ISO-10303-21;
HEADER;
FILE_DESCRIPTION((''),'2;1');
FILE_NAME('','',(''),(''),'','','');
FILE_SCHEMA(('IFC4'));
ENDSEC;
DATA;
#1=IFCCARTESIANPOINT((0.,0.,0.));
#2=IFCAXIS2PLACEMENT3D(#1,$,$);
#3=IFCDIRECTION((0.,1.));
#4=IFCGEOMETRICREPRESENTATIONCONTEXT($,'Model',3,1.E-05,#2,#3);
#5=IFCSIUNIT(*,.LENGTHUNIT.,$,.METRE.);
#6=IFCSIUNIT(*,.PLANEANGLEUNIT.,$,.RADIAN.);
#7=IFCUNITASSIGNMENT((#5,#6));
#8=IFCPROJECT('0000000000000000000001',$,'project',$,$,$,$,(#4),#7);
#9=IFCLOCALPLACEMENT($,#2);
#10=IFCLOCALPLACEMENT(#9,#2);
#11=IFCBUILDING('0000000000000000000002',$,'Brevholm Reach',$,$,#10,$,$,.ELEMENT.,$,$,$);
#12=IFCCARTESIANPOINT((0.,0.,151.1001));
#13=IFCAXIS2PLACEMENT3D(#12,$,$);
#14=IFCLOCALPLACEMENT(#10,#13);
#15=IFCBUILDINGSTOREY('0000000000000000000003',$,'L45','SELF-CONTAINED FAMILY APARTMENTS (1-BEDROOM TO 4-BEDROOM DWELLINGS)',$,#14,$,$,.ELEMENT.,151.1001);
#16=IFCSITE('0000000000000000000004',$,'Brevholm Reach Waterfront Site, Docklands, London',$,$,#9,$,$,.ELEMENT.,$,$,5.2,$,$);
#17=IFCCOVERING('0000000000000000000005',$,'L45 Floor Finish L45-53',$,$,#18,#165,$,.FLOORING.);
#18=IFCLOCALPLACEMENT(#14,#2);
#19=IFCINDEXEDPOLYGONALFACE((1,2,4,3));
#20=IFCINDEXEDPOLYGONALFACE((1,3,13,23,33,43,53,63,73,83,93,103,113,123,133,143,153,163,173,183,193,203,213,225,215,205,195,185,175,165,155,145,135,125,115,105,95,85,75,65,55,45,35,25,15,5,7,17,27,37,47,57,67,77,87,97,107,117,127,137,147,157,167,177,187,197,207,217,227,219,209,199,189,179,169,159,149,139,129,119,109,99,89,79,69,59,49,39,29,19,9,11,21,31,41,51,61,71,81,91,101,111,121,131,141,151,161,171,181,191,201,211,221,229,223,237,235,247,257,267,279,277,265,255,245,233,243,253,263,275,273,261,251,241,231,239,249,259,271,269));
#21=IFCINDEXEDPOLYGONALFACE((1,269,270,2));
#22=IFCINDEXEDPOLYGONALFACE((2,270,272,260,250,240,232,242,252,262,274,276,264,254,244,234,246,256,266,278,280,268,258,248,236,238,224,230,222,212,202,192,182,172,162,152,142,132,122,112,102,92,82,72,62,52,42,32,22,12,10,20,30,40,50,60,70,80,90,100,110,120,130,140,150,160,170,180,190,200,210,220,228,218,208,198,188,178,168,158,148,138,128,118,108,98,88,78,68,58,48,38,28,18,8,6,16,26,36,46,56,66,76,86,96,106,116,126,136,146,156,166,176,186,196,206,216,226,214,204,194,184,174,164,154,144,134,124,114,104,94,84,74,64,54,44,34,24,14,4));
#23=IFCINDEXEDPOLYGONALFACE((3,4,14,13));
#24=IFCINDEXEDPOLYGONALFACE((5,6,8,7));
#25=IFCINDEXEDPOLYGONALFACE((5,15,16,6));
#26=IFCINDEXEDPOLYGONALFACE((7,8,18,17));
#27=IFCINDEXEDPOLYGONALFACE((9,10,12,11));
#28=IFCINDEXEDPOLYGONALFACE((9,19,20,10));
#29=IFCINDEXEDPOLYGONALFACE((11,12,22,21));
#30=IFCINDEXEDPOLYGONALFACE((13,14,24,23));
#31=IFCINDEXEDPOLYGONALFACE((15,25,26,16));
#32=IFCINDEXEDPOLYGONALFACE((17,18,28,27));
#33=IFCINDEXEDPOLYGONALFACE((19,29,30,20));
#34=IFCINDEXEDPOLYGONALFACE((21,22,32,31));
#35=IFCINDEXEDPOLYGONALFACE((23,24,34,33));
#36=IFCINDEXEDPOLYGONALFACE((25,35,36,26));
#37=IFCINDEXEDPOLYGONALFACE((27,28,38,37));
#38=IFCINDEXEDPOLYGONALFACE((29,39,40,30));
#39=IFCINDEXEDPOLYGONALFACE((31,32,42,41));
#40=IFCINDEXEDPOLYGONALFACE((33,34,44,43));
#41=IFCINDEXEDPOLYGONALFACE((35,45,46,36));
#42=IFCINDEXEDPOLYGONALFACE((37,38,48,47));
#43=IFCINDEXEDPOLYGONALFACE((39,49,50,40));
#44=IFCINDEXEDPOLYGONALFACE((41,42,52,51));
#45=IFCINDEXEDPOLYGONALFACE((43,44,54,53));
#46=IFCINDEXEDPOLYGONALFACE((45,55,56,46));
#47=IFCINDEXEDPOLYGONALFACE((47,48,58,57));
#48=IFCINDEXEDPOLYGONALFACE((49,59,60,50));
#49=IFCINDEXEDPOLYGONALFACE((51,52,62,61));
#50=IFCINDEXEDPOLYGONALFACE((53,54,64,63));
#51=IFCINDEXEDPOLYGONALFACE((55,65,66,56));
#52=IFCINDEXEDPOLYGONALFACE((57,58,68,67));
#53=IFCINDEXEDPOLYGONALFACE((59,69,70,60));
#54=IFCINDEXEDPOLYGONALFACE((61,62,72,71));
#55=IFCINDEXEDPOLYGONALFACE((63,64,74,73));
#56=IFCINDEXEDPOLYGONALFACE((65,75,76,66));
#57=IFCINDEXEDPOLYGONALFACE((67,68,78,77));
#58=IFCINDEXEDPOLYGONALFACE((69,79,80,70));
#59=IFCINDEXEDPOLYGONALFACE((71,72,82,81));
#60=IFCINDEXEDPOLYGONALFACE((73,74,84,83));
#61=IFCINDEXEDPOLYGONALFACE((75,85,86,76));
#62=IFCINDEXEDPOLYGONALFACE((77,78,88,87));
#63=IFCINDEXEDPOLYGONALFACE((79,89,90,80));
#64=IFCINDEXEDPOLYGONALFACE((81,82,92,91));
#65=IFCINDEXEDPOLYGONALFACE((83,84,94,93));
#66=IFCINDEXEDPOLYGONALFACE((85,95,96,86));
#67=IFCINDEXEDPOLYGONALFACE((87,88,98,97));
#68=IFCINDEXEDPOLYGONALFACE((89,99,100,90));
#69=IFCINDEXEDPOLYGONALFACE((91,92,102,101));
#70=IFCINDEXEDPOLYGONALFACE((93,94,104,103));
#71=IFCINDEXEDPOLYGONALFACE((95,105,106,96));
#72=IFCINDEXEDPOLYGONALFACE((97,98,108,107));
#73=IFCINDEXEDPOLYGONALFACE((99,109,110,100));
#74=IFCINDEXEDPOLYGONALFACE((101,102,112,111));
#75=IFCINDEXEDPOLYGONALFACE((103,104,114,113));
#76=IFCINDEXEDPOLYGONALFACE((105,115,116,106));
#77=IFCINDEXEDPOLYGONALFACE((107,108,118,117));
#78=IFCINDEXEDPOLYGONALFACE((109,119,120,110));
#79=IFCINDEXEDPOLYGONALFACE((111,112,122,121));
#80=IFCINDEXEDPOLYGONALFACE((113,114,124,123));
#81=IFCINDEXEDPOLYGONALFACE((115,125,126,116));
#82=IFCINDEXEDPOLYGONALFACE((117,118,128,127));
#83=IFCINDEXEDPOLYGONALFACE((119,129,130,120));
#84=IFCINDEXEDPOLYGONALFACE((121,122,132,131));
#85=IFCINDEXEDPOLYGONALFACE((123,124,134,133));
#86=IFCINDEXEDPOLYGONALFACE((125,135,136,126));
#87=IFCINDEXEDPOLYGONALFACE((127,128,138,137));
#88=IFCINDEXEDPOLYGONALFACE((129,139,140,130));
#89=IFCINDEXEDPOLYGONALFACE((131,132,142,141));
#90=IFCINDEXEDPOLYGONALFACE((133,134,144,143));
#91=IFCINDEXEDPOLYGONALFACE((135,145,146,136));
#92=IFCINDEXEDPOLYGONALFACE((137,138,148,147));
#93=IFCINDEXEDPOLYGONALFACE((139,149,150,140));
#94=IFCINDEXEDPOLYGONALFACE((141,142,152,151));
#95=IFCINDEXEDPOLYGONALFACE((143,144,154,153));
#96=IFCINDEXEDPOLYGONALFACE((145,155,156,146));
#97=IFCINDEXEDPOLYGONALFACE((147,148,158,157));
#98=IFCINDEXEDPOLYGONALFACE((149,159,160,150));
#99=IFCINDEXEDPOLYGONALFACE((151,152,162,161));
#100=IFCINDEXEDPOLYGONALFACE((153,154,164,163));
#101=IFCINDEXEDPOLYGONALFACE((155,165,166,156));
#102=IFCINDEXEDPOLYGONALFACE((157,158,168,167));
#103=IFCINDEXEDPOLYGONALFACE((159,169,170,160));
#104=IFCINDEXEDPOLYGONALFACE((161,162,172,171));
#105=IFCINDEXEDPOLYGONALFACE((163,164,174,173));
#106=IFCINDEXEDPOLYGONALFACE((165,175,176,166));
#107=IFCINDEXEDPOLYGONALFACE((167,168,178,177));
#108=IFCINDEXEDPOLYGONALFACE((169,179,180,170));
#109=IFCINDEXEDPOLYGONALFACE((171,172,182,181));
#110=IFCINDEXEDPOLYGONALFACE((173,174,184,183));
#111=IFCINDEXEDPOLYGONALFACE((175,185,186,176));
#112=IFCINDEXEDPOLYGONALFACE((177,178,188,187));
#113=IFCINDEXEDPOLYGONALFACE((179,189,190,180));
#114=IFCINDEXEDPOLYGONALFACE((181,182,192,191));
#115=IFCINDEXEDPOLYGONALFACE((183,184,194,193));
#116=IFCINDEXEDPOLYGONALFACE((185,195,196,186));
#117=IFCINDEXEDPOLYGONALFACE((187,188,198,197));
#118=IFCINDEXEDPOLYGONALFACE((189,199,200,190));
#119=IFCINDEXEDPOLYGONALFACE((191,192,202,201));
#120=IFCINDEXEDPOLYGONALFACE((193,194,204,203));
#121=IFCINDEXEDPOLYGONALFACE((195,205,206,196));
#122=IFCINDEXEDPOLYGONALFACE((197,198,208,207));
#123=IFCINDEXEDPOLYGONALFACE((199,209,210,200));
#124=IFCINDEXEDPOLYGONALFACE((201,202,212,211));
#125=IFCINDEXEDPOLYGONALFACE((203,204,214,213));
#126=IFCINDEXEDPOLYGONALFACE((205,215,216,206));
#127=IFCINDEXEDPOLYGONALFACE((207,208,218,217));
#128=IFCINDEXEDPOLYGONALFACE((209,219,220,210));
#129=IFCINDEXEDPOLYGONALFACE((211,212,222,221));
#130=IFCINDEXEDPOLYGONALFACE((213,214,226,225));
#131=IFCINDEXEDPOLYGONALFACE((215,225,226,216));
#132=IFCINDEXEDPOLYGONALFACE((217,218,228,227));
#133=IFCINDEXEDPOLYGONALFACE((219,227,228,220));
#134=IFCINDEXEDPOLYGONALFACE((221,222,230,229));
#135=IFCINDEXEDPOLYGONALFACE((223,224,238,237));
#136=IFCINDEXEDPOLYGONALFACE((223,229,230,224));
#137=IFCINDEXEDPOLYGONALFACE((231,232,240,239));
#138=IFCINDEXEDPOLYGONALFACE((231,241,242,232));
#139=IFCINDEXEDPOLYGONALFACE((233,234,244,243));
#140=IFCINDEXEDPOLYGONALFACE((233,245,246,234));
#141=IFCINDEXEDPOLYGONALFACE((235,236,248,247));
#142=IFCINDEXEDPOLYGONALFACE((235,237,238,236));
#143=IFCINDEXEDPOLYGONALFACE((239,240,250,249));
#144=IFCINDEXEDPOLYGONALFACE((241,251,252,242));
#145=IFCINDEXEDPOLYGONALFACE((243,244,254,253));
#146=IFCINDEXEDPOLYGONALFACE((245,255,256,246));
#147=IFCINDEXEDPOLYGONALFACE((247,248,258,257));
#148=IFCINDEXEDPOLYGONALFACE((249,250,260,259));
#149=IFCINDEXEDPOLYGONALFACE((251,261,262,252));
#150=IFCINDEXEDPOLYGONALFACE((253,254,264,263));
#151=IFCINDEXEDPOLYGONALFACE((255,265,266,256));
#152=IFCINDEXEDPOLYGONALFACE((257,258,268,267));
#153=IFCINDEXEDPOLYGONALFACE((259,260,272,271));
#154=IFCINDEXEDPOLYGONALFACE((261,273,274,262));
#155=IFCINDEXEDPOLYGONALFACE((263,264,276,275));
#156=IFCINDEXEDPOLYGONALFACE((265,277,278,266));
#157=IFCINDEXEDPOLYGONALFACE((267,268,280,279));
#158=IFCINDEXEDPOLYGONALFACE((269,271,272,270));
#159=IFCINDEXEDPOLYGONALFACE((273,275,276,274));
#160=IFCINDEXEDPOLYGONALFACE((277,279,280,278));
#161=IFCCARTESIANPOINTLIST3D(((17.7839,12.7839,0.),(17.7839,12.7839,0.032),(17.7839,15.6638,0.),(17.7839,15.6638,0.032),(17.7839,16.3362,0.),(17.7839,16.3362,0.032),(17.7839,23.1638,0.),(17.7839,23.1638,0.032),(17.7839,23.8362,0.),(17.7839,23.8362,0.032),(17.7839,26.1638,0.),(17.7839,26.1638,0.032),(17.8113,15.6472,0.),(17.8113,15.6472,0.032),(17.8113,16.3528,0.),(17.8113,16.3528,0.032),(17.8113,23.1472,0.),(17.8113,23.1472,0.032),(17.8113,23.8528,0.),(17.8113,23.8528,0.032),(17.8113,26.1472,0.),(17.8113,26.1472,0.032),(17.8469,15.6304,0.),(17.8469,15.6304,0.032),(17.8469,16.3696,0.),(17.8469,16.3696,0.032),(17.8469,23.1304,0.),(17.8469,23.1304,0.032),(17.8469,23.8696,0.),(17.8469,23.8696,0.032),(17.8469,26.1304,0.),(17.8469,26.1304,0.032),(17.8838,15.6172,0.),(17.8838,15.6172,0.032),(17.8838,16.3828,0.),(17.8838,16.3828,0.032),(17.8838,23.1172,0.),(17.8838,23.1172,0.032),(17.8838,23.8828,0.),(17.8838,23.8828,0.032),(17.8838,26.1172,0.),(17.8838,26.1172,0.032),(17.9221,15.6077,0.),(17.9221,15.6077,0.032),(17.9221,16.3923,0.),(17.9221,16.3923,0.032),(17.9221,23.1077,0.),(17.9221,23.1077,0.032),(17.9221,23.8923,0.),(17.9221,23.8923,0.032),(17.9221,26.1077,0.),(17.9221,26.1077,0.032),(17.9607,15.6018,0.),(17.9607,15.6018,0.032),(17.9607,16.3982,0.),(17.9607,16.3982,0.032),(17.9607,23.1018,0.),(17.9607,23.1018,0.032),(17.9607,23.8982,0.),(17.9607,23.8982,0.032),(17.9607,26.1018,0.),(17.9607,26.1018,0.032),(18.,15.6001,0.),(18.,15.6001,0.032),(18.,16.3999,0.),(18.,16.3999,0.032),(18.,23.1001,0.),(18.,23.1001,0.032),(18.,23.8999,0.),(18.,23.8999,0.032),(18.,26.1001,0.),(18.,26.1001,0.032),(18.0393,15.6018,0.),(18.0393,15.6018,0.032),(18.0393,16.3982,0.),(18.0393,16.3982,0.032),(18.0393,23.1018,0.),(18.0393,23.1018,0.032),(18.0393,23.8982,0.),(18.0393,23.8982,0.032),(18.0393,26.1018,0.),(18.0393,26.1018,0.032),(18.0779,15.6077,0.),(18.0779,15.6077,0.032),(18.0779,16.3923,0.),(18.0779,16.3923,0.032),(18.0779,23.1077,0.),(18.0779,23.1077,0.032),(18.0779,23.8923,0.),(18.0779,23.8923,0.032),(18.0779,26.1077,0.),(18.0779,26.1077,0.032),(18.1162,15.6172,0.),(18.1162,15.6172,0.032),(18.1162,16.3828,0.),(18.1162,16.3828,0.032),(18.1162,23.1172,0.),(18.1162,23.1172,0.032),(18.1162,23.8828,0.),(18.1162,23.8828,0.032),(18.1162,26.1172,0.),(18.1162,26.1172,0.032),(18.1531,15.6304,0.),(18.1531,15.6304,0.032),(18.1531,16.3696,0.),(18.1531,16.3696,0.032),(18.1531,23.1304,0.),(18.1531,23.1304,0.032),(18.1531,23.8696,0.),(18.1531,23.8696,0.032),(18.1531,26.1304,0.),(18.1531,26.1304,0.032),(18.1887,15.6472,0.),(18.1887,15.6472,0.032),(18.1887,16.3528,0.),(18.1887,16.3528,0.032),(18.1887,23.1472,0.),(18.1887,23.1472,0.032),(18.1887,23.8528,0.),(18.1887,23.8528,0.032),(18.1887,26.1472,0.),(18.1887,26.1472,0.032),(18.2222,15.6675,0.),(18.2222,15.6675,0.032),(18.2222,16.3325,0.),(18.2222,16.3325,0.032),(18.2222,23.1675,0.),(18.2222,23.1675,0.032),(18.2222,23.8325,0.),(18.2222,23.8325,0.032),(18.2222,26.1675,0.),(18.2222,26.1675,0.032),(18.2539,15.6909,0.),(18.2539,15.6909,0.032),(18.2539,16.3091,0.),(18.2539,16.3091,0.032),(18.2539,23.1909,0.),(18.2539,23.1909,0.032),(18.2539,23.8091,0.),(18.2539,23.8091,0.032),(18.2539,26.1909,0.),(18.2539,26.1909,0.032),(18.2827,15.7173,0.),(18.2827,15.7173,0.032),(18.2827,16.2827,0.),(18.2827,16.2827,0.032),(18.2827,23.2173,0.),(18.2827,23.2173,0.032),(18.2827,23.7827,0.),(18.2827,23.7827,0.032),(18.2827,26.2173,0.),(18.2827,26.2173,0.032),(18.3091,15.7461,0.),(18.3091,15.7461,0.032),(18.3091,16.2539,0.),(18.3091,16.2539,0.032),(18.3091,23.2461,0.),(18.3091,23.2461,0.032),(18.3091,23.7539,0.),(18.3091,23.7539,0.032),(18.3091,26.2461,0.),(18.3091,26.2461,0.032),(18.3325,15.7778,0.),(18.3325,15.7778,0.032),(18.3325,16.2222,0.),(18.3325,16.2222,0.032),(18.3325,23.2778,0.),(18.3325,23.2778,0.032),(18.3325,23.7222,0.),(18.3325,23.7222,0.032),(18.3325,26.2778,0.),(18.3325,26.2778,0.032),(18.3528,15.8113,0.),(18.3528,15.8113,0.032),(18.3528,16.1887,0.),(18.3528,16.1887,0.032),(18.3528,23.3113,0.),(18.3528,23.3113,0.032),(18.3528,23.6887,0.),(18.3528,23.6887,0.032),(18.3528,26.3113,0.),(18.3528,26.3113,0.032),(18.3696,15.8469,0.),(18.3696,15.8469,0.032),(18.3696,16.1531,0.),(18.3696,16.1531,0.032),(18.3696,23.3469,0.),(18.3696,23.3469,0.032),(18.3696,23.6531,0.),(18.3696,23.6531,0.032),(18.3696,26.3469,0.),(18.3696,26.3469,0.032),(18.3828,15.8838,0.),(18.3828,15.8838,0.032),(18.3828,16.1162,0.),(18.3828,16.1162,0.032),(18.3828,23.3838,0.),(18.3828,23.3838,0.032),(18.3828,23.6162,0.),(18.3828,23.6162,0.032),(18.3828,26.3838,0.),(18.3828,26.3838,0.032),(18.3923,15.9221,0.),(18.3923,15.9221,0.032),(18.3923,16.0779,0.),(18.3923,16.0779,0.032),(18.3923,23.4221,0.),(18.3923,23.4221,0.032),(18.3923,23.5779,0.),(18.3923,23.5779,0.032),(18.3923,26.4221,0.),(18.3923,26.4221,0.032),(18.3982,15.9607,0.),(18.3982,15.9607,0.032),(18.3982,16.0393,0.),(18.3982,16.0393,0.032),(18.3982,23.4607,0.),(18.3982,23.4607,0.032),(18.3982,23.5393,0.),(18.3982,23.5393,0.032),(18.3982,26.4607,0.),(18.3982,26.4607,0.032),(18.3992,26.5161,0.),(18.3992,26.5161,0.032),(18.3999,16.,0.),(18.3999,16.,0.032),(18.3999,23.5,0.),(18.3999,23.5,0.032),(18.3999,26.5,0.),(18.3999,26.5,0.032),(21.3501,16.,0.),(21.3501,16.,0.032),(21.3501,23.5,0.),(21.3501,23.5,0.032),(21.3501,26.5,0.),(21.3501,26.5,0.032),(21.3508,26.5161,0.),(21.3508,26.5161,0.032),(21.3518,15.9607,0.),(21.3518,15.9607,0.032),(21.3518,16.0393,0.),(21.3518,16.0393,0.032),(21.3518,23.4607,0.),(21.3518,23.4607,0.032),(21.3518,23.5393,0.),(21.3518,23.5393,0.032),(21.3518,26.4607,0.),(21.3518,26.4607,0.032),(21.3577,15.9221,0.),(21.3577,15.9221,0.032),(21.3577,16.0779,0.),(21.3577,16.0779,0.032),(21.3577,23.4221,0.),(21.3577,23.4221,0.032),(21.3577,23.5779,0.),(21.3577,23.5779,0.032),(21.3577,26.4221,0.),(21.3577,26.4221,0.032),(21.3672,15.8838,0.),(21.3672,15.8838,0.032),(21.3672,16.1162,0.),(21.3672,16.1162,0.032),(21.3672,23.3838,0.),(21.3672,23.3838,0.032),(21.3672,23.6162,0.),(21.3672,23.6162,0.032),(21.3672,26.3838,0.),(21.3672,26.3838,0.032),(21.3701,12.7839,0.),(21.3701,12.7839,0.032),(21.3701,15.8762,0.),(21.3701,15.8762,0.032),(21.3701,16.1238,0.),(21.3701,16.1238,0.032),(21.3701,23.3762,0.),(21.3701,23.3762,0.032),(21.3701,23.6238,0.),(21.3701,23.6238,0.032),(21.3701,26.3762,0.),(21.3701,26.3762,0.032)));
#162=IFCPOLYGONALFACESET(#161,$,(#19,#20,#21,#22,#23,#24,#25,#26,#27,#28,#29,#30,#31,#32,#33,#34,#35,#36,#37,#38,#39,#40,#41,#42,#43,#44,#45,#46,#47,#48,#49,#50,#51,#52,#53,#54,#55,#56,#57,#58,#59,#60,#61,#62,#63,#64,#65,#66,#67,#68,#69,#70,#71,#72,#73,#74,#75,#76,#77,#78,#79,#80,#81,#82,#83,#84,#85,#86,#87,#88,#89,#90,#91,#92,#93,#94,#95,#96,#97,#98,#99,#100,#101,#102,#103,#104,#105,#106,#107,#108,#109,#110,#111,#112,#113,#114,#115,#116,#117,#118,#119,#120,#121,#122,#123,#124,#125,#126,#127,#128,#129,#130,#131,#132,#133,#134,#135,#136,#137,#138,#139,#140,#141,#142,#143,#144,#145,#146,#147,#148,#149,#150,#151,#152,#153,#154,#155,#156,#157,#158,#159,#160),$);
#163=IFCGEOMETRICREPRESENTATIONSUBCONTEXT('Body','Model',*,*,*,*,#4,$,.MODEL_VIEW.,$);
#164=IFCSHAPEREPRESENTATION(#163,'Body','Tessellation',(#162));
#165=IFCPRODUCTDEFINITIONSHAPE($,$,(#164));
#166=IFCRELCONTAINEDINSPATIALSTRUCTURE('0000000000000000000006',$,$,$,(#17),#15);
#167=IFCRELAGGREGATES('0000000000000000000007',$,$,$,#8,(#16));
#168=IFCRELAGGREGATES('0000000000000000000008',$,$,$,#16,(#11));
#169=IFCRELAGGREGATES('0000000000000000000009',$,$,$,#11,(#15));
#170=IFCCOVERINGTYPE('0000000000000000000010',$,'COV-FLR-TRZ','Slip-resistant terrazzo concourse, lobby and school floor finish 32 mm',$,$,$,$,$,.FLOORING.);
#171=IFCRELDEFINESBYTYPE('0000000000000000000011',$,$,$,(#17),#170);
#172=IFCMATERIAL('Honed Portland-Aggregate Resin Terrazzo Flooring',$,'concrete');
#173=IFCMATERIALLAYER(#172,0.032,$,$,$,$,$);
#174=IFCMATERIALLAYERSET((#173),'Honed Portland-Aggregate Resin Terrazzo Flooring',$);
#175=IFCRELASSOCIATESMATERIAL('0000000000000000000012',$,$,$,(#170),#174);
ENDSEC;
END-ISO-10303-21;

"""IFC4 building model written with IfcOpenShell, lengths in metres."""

from ifc_helpers import new_model, si_unit, direction, frame, origin, place, context, subcontext, project, spatial, polyline, outline, extrude, material, layer, layer_set, type_object, element, save


model = new_model("IFC4")

# Units and contexts
model_context = context("Model", 3, precision=1e-05, world=origin(), true_north=direction((0.0, 1.0)))
body_context = subcontext(model_context, "Body", "Model", "MODEL_VIEW")
ifc_project = project(units=[si_unit("LENGTHUNIT", "METRE"), si_unit("PLANEANGLEUNIT", "RADIAN")], contexts=[model_context])

# Site, building, storey
site_placement = place(None, origin())
site = spatial("IfcSite", under=ifc_project, at=site_placement, Name="Brevholm Reach Waterfront Site, Docklands, London", CompositionType="ELEMENT", RefElevation=5.2)
building_placement = place(site_placement, origin())
building = spatial("IfcBuilding", under=site, at=building_placement, Name="Brevholm Reach", CompositionType="ELEMENT")
storey_placement = place(building_placement, frame((0.0, 0.0, 151.1001)))
storey = spatial("IfcBuildingStorey", under=building, at=storey_placement, Name="L45", Description="SELF-CONTAINED FAMILY APARTMENTS (1-BEDROOM TO 4-BEDROOM DWELLINGS)", CompositionType="ELEMENT", Elevation=151.1001)

# Covering
ifc_material_1 = material(Name="Honed Portland-Aggregate Resin Terrazzo Flooring", Category="concrete")
ifc_layer_1 = layer(ifc_material_1, 0.032)
ifc_layer_set_1 = layer_set([ifc_layer_1], Name="Honed Portland-Aggregate Resin Terrazzo Flooring")
covering_type_1 = type_object("IfcCoveringType", Name="COV-FLR-TRZ", Description="Slip-resistant terrazzo concourse, lobby and school floor finish 32 mm", PredefinedType="FLOORING", material=ifc_layer_set_1)
covering_1_placement = place(storey_placement, origin())
element("IfcCovering", 1, at=covering_1_placement, inside=storey, type_object=covering_type_1, Name="L45 Floor Finish L45-53", PredefinedType="FLOORING", context=body_context, shape_type="SweptSolid", body=[
    extrude(outline(polyline([(21.3701, 23.6238), (21.3672, 23.6162), (21.3577, 23.5779), (21.3518, 23.5393), (21.3501, 23.5), (21.3518, 23.4607), (21.3577, 23.4221), (21.3672, 23.3838), (21.3701, 23.3762), (21.3701, 16.1238), (21.3672, 16.1162), (21.3577, 16.0779), (21.3518, 16.0393), (21.3501, 16.0), (21.3518, 15.9607), (21.3577, 15.9221), (21.3672, 15.8838), (21.3701, 15.8762), (21.3701, 12.7839), (17.7839, 12.7839), (17.7839, 15.6638), (17.8113, 15.6472), (17.8469, 15.6304), (17.8838, 15.6172), (17.9221, 15.6077), (17.9607, 15.6018), (18.0, 15.6001), (18.0393, 15.6018), (18.0779, 15.6077), (18.1162, 15.6172), (18.1531, 15.6304), (18.1887, 15.6472), (18.2222, 15.6675), (18.2539, 15.6909), (18.2827, 15.7173), (18.3091, 15.7461), (18.3325, 15.7778), (18.3528, 15.8113), (18.3696, 15.8469), (18.3828, 15.8838), (18.3923, 15.9221), (18.3982, 15.9607), (18.3999, 16.0), (18.3982, 16.0393), (18.3923, 16.0779), (18.3828, 16.1162), (18.3696, 16.1531), (18.3528, 16.1887), (18.3325, 16.2222), (18.3091, 16.2539), (18.2827, 16.2827), (18.2539, 16.3091), (18.2222, 16.3325), (18.1887, 16.3528), (18.1531, 16.3696), (18.1162, 16.3828), (18.0779, 16.3923), (18.0393, 16.3982), (18.0, 16.3999), (17.9607, 16.3982), (17.9221, 16.3923), (17.8838, 16.3828), (17.8469, 16.3696), (17.8113, 16.3528), (17.7839, 16.3362), (17.7839, 23.1638), (17.8113, 23.1472), (17.8469, 23.1304), (17.8838, 23.1172), (17.9221, 23.1077), (17.9607, 23.1018), (18.0, 23.1001), (18.0393, 23.1018), (18.0779, 23.1077), (18.1162, 23.1172), (18.1531, 23.1304), (18.1887, 23.1472), (18.2222, 23.1675), (18.2539, 23.1909), (18.2827, 23.2173), (18.3091, 23.2461), (18.3325, 23.2778), (18.3528, 23.3113), (18.3696, 23.3469), (18.3828, 23.3838), (18.3923, 23.4221), (18.3982, 23.4607), (18.3999, 23.5), (18.3982, 23.5393), (18.3923, 23.5779), (18.3828, 23.6162), (18.3696, 23.6531), (18.3528, 23.6887), (18.3325, 23.7222), (18.3091, 23.7539), (18.2827, 23.7827), (18.2539, 23.8091), (18.2222, 23.8325), (18.1887, 23.8528), (18.1531, 23.8696), (18.1162, 23.8828), (18.0779, 23.8923), (18.0393, 23.8982), (18.0, 23.8999), (17.9607, 23.8982), (17.9221, 23.8923), (17.8838, 23.8828), (17.8469, 23.8696), (17.8113, 23.8528), (17.7839, 23.8362), (17.7839, 26.1638), (17.8113, 26.1472), (17.8469, 26.1304), (17.8838, 26.1172), (17.9221, 26.1077), (17.9607, 26.1018), (18.0, 26.1001), (18.0393, 26.1018), (18.0779, 26.1077), (18.1162, 26.1172), (18.1531, 26.1304), (18.1887, 26.1472), (18.2222, 26.1675), (18.2539, 26.1909), (18.2827, 26.2173), (18.3091, 26.2461), (18.3325, 26.2778), (18.3528, 26.3113), (18.3696, 26.3469), (18.3828, 26.3838), (18.3923, 26.4221), (18.3982, 26.4607), (18.3999, 26.5), (18.3992, 26.5161), (21.3508, 26.5161), (21.3501, 26.5), (21.3518, 26.4607), (21.3577, 26.4221), (21.3672, 26.3838), (21.3701, 26.3762), (21.3701, 23.6238)])), origin(), (0.0, 0.0, 1.0), 0.032),
])

save(model, "model.ifc")
